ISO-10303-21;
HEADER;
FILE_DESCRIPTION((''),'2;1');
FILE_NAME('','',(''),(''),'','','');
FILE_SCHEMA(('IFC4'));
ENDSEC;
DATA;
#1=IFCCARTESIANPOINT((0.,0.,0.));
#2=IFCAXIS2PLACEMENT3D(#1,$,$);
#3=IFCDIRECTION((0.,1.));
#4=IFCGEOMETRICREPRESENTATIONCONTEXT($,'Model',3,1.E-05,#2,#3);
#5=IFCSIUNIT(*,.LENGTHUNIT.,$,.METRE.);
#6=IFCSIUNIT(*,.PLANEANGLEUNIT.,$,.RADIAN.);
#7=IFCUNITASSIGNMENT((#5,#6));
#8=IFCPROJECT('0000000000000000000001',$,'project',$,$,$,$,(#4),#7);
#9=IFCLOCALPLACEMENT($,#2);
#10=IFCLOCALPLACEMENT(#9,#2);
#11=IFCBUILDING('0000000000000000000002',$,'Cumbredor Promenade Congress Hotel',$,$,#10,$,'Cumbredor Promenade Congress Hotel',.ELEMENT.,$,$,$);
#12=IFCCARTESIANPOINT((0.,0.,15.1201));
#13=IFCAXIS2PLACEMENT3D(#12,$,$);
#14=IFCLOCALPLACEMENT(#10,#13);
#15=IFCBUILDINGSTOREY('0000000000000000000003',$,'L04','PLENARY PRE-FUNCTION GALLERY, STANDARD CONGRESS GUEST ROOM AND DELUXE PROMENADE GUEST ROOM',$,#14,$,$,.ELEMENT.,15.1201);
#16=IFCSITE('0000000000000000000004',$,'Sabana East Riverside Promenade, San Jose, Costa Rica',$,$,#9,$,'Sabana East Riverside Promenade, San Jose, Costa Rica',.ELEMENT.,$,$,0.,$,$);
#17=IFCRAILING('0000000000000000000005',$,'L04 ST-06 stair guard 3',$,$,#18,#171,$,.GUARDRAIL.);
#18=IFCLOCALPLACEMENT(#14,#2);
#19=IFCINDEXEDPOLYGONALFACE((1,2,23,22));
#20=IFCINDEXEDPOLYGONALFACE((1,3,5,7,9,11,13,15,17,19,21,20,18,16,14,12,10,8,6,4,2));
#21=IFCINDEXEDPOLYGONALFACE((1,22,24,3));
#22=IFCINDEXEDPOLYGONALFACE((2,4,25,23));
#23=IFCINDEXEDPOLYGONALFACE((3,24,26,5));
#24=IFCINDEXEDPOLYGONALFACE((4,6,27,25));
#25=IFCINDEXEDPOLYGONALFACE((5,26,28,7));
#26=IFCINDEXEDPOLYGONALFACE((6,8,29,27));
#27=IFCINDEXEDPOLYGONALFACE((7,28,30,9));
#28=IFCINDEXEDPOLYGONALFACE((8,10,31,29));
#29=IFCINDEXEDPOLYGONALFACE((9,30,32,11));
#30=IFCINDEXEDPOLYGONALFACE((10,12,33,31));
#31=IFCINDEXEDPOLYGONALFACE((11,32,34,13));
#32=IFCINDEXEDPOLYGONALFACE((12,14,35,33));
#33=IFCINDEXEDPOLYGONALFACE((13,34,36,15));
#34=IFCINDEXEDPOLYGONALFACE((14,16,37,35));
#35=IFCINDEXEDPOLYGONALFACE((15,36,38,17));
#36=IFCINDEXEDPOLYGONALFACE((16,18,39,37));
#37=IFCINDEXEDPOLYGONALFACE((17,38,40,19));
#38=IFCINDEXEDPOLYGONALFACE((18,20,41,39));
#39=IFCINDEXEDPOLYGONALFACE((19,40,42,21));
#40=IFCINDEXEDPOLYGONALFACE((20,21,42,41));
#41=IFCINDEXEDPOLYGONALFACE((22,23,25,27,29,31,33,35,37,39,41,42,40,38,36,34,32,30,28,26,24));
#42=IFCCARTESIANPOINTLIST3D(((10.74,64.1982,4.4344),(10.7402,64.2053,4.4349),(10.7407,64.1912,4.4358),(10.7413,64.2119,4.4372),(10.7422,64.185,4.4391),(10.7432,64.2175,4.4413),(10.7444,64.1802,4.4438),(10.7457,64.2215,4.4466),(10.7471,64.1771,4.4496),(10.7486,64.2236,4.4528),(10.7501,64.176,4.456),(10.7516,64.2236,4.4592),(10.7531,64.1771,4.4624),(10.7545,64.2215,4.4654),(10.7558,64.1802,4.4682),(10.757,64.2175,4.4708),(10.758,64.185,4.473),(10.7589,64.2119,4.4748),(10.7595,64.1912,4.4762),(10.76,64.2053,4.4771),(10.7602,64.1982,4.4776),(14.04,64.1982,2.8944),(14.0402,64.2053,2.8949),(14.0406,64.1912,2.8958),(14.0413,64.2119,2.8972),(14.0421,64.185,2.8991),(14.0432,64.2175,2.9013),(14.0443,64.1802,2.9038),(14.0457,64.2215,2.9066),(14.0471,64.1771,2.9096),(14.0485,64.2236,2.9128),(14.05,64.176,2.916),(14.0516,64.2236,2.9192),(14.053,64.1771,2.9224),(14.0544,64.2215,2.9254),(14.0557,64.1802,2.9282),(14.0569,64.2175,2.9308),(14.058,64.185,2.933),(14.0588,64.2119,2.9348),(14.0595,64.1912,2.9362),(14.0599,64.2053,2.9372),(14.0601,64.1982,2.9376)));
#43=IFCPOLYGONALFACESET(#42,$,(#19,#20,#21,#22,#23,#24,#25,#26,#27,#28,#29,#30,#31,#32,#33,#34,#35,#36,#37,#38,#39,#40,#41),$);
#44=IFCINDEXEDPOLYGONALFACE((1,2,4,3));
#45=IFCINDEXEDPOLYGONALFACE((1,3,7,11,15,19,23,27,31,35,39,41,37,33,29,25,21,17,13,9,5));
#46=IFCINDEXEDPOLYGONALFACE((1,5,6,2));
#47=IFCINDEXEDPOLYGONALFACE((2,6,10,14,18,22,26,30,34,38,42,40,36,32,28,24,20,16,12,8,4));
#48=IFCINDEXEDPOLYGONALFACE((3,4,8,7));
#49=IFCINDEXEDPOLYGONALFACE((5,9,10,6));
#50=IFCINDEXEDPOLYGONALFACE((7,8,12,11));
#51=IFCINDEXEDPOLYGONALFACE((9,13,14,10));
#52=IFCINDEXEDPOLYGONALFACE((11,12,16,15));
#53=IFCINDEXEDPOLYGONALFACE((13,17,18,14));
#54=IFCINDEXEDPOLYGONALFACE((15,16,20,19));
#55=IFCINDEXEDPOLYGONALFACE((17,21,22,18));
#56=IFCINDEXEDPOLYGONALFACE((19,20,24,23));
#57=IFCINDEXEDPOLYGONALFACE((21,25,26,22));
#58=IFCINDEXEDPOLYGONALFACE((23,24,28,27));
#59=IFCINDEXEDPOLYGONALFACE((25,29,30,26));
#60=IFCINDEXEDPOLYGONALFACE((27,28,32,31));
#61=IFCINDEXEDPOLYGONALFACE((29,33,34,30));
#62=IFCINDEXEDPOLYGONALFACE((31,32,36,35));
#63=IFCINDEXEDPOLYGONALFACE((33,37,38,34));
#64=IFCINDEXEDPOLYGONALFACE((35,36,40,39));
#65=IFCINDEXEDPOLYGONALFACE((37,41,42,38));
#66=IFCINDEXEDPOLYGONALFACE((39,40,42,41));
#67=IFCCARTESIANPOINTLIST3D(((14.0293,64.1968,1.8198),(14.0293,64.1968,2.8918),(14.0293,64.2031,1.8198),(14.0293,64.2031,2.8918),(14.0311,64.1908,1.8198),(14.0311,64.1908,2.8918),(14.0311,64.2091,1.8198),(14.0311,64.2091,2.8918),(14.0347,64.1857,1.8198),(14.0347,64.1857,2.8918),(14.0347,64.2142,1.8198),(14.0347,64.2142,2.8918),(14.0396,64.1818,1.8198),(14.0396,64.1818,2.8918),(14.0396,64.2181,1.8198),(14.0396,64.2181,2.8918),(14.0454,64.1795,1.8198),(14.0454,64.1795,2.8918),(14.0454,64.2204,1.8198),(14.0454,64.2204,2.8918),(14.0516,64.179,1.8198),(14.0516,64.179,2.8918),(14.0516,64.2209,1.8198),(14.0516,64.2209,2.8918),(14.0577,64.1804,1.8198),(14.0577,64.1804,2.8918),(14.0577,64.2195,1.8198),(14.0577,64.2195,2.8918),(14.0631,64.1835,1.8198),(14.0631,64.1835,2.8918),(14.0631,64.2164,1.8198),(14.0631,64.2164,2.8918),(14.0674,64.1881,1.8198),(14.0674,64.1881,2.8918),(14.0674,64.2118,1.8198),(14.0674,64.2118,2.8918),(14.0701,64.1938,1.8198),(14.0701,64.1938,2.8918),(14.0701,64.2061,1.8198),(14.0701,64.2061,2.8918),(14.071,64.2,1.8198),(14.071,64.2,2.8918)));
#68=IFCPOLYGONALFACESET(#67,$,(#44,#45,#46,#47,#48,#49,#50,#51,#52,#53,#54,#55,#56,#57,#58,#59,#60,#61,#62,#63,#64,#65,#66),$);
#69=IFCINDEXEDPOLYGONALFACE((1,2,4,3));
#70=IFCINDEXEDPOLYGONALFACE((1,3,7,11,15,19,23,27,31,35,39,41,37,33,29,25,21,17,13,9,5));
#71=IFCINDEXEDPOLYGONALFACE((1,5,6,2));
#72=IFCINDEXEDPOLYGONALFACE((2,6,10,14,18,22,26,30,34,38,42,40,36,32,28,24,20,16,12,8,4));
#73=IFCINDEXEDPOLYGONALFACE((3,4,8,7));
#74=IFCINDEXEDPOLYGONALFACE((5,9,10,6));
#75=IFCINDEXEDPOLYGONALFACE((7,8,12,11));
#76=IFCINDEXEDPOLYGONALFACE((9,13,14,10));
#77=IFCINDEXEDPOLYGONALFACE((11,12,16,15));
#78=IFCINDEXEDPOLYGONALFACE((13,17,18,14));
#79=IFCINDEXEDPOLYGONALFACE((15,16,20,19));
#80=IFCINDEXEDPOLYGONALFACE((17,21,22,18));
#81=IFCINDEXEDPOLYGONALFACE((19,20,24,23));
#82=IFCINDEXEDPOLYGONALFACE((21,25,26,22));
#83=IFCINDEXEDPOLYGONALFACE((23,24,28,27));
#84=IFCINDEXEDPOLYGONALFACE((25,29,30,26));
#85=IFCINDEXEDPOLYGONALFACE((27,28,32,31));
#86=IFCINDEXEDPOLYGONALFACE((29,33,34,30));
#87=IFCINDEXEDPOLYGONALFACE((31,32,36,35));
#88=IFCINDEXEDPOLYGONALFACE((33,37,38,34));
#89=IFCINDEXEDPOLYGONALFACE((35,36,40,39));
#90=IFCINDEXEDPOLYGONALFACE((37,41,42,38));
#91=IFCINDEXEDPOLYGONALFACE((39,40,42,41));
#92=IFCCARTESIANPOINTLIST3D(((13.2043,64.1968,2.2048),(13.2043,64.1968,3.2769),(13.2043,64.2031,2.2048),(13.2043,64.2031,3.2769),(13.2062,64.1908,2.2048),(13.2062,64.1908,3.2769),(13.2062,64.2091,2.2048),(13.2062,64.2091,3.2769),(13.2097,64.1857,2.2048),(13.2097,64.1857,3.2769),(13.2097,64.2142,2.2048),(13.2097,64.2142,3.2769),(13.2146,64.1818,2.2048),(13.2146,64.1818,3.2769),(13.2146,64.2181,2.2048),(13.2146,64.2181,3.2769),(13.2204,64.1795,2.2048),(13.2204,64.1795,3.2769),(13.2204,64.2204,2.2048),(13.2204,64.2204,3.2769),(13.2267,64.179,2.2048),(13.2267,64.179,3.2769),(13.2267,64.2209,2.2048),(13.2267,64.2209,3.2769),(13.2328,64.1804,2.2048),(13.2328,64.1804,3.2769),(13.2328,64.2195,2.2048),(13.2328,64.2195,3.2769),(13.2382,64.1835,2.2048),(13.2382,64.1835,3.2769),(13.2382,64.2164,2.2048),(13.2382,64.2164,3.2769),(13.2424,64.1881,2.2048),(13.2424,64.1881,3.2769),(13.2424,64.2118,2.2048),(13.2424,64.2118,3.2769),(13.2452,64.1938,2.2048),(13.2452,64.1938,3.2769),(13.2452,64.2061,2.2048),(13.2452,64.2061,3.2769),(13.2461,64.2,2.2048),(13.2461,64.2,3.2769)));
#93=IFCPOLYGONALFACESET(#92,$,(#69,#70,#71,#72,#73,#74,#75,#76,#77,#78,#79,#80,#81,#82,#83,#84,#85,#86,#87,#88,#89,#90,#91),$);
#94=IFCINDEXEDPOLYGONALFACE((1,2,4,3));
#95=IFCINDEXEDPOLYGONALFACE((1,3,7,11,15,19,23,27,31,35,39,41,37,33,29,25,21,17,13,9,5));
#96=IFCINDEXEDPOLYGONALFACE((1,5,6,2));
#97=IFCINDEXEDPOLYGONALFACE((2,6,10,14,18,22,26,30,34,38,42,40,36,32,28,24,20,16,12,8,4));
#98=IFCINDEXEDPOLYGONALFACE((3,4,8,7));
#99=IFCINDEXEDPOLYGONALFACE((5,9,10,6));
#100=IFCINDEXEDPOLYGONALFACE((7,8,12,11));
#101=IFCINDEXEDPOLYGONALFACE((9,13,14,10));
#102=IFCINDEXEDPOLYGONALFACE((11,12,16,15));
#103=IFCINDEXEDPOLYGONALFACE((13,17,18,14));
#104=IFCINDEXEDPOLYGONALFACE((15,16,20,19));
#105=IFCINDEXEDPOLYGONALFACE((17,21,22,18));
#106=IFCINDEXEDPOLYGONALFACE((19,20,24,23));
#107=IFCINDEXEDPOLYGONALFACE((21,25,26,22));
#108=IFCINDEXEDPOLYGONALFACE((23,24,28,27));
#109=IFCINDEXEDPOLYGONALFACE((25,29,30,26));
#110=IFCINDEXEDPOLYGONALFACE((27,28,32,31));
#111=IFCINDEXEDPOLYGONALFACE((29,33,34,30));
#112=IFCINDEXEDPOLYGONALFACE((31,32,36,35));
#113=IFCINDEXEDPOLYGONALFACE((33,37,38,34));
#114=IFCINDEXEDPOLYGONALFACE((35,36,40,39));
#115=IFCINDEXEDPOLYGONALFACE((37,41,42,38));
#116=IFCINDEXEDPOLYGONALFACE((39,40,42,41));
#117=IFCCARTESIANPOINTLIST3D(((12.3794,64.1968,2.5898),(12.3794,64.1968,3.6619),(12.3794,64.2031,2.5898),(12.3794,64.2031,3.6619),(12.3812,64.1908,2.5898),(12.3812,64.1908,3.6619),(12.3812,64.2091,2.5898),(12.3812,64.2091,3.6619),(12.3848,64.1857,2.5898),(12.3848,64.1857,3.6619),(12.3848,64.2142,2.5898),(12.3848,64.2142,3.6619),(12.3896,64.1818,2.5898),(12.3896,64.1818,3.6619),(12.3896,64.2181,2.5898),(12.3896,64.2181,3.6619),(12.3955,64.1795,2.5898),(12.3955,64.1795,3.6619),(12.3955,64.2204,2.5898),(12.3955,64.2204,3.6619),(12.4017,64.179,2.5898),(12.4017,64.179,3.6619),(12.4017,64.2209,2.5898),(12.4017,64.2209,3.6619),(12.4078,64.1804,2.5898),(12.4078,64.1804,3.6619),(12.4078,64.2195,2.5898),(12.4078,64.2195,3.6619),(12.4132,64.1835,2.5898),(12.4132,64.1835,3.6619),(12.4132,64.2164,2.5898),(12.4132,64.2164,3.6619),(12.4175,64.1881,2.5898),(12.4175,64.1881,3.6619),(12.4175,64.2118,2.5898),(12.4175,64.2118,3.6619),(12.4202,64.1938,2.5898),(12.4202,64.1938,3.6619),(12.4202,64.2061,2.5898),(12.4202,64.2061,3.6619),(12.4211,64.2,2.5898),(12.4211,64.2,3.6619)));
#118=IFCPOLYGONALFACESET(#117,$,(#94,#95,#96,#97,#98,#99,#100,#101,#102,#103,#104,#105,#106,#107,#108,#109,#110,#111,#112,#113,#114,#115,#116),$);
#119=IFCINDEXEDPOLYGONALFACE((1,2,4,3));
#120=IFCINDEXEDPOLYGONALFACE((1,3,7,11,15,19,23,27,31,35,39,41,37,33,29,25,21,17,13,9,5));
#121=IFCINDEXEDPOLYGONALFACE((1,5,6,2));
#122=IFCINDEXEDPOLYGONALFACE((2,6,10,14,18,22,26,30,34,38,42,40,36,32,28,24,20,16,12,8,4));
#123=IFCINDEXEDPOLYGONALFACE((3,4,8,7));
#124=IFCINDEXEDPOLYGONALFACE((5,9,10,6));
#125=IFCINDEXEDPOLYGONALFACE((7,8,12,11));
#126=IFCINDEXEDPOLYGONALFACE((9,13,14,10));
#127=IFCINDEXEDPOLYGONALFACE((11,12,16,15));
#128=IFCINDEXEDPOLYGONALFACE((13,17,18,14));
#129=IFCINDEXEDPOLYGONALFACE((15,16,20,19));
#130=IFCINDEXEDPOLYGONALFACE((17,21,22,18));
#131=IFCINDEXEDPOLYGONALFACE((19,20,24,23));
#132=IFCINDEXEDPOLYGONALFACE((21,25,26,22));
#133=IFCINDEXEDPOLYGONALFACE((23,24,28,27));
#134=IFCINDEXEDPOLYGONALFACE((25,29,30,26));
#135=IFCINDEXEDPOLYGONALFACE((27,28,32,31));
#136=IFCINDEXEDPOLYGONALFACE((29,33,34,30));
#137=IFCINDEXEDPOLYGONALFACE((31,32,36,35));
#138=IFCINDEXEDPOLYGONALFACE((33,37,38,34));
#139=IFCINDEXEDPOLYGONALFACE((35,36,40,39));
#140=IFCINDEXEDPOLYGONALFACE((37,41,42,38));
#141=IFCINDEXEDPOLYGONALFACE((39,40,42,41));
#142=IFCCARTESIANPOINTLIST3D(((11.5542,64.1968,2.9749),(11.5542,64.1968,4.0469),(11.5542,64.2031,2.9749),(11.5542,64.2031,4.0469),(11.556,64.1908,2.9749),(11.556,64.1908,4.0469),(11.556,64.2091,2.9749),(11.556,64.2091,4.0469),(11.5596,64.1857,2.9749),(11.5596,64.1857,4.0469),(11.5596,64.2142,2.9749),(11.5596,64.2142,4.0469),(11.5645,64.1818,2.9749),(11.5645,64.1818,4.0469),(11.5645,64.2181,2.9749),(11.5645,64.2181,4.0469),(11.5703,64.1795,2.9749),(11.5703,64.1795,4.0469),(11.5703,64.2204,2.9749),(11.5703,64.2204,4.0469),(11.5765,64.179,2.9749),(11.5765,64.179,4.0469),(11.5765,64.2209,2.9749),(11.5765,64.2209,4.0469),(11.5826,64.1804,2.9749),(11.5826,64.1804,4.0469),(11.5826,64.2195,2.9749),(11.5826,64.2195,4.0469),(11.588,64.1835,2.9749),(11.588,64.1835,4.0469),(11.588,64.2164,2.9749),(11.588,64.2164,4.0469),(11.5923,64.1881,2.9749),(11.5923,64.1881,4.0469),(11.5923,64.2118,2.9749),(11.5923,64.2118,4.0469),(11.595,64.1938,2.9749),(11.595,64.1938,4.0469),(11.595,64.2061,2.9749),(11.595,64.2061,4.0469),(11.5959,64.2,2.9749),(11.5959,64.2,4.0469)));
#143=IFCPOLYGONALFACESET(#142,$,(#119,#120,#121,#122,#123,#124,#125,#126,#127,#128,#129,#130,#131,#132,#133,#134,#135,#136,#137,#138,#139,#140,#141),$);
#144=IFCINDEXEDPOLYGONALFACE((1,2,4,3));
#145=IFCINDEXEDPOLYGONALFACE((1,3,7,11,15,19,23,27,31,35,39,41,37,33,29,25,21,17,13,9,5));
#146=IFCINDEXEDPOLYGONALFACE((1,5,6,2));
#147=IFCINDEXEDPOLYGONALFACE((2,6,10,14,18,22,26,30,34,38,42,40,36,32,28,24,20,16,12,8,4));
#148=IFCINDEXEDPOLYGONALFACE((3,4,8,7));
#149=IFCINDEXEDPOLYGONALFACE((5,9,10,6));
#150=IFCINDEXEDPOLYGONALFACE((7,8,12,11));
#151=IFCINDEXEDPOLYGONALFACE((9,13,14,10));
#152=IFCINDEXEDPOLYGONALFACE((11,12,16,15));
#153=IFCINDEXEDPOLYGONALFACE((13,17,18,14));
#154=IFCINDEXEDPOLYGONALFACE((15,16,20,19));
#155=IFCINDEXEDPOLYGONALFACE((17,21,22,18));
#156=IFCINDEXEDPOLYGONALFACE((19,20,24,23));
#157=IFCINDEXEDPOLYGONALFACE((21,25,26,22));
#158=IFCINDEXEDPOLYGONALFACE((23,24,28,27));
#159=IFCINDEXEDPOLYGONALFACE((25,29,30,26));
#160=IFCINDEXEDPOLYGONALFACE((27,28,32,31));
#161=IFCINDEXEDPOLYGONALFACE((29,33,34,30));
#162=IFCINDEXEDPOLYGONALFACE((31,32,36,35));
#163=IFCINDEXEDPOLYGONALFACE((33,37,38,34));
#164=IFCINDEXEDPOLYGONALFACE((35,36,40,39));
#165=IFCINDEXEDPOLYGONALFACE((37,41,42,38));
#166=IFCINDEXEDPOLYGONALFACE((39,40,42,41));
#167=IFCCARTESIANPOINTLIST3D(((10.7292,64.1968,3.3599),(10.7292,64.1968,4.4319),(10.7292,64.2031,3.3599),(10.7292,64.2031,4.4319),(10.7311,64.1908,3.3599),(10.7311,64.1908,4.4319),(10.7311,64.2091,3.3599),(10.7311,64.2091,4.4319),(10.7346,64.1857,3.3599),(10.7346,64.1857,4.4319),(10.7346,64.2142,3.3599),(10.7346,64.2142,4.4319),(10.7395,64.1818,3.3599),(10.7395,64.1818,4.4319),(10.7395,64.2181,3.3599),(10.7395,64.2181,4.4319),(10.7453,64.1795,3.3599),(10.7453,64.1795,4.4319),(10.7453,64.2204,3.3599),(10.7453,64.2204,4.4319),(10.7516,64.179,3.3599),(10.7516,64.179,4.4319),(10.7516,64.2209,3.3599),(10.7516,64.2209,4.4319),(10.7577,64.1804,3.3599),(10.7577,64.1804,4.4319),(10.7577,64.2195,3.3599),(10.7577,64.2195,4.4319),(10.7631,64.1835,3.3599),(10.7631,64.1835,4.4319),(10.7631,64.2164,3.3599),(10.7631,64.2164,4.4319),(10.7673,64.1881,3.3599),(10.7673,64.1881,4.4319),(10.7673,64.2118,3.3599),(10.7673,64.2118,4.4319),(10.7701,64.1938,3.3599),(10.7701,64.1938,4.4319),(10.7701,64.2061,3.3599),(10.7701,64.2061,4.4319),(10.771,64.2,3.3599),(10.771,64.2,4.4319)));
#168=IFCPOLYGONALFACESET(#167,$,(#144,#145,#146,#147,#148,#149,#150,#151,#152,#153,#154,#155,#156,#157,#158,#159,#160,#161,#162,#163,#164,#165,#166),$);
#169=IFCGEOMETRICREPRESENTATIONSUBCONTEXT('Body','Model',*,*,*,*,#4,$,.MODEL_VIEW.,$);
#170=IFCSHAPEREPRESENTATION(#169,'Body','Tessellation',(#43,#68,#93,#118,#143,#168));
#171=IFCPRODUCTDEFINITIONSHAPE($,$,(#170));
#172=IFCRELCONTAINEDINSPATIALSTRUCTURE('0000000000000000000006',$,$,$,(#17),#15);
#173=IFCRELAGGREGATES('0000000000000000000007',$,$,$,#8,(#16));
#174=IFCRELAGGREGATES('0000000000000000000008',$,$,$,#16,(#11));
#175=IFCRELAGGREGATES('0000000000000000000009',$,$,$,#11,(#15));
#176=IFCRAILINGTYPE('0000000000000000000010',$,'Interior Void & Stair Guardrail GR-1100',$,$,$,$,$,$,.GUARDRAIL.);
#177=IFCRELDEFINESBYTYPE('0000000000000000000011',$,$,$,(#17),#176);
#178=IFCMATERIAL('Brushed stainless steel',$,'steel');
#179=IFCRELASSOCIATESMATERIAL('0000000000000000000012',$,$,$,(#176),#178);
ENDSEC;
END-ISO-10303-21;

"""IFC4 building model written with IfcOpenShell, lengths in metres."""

from ifc_helpers import new_model, si_unit, direction, frame, origin, origin_2d, place, context, subcontext, project, spatial, circle, extrude, material, type_object, element, save


model = new_model("IFC4")

# Units and contexts
model_context = context("Model", 3, precision=1e-05, world=origin(), true_north=direction((0.0, 1.0)))
body_context = subcontext(model_context, "Body", "Model", "MODEL_VIEW")
ifc_project = project(units=[si_unit("LENGTHUNIT", "METRE"), si_unit("PLANEANGLEUNIT", "RADIAN")], contexts=[model_context])

# Site, building, storey
site_placement = place(None, origin())
site = spatial("IfcSite", under=ifc_project, at=site_placement, Name="Sabana East Riverside Promenade, San Jose, Costa Rica", LongName="Sabana East Riverside Promenade, San Jose, Costa Rica", CompositionType="ELEMENT", RefElevation=0.0)
building_placement = place(site_placement, origin())
building = spatial("IfcBuilding", under=site, at=building_placement, Name="Cumbredor Promenade Congress Hotel", LongName="Cumbredor Promenade Congress Hotel", CompositionType="ELEMENT")
storey_placement = place(building_placement, frame((0.0, 0.0, 15.1201)))
storey = spatial("IfcBuildingStorey", under=building, at=storey_placement, Name="L04", Description="PLENARY PRE-FUNCTION GALLERY, STANDARD CONGRESS GUEST ROOM AND DELUXE PROMENADE GUEST ROOM", CompositionType="ELEMENT", Elevation=15.1201)

# Railing
ifc_material_1 = material(Name="Brushed stainless steel", Category="steel")
railing_type_1 = type_object("IfcRailingType", Name="Interior Void & Stair Guardrail GR-1100", PredefinedType="GUARDRAIL", material=ifc_material_1)
railing_1_placement = place(storey_placement, frame((14.05, 64.2, 1.8198)))
element("IfcRailing", 1, at=railing_1_placement, inside=storey, type_object=railing_type_1, Name="L04 ST-06 stair guard 3", PredefinedType="GUARDRAIL", context=body_context, shape_type="SweptSolid", body=[
    extrude(circle(Radius=0.0239, at=origin_2d()), frame((0.0, 0.0, 1.0962), z_axis=(-0.906181, 0.0, 0.422889), x_axis=(0.0, -1.0, 0.0)), (0.0, 0.0, 1.0), 3.6416),
    extrude(circle(Radius=0.021, at=origin_2d()), origin(), (0.0, 0.0, 1.0), 1.072),
    extrude(circle(Radius=0.021, at=origin_2d()), frame((-0.825, 0.0, 0.385)), (0.0, 0.0, 1.0), 1.072),
    extrude(circle(Radius=0.021, at=origin_2d()), frame((-1.6499, 0.0, 0.77)), (0.0, 0.0, 1.0), 1.072),
    extrude(circle(Radius=0.021, at=origin_2d()), frame((-2.4751, 0.0, 1.155)), (0.0, 0.0, 1.0), 1.072),
    extrude(circle(Radius=0.021, at=origin_2d()), frame((-3.3, 0.0, 1.54)), (0.0, 0.0, 1.0), 1.072),
])

save(model, "model.ifc")
